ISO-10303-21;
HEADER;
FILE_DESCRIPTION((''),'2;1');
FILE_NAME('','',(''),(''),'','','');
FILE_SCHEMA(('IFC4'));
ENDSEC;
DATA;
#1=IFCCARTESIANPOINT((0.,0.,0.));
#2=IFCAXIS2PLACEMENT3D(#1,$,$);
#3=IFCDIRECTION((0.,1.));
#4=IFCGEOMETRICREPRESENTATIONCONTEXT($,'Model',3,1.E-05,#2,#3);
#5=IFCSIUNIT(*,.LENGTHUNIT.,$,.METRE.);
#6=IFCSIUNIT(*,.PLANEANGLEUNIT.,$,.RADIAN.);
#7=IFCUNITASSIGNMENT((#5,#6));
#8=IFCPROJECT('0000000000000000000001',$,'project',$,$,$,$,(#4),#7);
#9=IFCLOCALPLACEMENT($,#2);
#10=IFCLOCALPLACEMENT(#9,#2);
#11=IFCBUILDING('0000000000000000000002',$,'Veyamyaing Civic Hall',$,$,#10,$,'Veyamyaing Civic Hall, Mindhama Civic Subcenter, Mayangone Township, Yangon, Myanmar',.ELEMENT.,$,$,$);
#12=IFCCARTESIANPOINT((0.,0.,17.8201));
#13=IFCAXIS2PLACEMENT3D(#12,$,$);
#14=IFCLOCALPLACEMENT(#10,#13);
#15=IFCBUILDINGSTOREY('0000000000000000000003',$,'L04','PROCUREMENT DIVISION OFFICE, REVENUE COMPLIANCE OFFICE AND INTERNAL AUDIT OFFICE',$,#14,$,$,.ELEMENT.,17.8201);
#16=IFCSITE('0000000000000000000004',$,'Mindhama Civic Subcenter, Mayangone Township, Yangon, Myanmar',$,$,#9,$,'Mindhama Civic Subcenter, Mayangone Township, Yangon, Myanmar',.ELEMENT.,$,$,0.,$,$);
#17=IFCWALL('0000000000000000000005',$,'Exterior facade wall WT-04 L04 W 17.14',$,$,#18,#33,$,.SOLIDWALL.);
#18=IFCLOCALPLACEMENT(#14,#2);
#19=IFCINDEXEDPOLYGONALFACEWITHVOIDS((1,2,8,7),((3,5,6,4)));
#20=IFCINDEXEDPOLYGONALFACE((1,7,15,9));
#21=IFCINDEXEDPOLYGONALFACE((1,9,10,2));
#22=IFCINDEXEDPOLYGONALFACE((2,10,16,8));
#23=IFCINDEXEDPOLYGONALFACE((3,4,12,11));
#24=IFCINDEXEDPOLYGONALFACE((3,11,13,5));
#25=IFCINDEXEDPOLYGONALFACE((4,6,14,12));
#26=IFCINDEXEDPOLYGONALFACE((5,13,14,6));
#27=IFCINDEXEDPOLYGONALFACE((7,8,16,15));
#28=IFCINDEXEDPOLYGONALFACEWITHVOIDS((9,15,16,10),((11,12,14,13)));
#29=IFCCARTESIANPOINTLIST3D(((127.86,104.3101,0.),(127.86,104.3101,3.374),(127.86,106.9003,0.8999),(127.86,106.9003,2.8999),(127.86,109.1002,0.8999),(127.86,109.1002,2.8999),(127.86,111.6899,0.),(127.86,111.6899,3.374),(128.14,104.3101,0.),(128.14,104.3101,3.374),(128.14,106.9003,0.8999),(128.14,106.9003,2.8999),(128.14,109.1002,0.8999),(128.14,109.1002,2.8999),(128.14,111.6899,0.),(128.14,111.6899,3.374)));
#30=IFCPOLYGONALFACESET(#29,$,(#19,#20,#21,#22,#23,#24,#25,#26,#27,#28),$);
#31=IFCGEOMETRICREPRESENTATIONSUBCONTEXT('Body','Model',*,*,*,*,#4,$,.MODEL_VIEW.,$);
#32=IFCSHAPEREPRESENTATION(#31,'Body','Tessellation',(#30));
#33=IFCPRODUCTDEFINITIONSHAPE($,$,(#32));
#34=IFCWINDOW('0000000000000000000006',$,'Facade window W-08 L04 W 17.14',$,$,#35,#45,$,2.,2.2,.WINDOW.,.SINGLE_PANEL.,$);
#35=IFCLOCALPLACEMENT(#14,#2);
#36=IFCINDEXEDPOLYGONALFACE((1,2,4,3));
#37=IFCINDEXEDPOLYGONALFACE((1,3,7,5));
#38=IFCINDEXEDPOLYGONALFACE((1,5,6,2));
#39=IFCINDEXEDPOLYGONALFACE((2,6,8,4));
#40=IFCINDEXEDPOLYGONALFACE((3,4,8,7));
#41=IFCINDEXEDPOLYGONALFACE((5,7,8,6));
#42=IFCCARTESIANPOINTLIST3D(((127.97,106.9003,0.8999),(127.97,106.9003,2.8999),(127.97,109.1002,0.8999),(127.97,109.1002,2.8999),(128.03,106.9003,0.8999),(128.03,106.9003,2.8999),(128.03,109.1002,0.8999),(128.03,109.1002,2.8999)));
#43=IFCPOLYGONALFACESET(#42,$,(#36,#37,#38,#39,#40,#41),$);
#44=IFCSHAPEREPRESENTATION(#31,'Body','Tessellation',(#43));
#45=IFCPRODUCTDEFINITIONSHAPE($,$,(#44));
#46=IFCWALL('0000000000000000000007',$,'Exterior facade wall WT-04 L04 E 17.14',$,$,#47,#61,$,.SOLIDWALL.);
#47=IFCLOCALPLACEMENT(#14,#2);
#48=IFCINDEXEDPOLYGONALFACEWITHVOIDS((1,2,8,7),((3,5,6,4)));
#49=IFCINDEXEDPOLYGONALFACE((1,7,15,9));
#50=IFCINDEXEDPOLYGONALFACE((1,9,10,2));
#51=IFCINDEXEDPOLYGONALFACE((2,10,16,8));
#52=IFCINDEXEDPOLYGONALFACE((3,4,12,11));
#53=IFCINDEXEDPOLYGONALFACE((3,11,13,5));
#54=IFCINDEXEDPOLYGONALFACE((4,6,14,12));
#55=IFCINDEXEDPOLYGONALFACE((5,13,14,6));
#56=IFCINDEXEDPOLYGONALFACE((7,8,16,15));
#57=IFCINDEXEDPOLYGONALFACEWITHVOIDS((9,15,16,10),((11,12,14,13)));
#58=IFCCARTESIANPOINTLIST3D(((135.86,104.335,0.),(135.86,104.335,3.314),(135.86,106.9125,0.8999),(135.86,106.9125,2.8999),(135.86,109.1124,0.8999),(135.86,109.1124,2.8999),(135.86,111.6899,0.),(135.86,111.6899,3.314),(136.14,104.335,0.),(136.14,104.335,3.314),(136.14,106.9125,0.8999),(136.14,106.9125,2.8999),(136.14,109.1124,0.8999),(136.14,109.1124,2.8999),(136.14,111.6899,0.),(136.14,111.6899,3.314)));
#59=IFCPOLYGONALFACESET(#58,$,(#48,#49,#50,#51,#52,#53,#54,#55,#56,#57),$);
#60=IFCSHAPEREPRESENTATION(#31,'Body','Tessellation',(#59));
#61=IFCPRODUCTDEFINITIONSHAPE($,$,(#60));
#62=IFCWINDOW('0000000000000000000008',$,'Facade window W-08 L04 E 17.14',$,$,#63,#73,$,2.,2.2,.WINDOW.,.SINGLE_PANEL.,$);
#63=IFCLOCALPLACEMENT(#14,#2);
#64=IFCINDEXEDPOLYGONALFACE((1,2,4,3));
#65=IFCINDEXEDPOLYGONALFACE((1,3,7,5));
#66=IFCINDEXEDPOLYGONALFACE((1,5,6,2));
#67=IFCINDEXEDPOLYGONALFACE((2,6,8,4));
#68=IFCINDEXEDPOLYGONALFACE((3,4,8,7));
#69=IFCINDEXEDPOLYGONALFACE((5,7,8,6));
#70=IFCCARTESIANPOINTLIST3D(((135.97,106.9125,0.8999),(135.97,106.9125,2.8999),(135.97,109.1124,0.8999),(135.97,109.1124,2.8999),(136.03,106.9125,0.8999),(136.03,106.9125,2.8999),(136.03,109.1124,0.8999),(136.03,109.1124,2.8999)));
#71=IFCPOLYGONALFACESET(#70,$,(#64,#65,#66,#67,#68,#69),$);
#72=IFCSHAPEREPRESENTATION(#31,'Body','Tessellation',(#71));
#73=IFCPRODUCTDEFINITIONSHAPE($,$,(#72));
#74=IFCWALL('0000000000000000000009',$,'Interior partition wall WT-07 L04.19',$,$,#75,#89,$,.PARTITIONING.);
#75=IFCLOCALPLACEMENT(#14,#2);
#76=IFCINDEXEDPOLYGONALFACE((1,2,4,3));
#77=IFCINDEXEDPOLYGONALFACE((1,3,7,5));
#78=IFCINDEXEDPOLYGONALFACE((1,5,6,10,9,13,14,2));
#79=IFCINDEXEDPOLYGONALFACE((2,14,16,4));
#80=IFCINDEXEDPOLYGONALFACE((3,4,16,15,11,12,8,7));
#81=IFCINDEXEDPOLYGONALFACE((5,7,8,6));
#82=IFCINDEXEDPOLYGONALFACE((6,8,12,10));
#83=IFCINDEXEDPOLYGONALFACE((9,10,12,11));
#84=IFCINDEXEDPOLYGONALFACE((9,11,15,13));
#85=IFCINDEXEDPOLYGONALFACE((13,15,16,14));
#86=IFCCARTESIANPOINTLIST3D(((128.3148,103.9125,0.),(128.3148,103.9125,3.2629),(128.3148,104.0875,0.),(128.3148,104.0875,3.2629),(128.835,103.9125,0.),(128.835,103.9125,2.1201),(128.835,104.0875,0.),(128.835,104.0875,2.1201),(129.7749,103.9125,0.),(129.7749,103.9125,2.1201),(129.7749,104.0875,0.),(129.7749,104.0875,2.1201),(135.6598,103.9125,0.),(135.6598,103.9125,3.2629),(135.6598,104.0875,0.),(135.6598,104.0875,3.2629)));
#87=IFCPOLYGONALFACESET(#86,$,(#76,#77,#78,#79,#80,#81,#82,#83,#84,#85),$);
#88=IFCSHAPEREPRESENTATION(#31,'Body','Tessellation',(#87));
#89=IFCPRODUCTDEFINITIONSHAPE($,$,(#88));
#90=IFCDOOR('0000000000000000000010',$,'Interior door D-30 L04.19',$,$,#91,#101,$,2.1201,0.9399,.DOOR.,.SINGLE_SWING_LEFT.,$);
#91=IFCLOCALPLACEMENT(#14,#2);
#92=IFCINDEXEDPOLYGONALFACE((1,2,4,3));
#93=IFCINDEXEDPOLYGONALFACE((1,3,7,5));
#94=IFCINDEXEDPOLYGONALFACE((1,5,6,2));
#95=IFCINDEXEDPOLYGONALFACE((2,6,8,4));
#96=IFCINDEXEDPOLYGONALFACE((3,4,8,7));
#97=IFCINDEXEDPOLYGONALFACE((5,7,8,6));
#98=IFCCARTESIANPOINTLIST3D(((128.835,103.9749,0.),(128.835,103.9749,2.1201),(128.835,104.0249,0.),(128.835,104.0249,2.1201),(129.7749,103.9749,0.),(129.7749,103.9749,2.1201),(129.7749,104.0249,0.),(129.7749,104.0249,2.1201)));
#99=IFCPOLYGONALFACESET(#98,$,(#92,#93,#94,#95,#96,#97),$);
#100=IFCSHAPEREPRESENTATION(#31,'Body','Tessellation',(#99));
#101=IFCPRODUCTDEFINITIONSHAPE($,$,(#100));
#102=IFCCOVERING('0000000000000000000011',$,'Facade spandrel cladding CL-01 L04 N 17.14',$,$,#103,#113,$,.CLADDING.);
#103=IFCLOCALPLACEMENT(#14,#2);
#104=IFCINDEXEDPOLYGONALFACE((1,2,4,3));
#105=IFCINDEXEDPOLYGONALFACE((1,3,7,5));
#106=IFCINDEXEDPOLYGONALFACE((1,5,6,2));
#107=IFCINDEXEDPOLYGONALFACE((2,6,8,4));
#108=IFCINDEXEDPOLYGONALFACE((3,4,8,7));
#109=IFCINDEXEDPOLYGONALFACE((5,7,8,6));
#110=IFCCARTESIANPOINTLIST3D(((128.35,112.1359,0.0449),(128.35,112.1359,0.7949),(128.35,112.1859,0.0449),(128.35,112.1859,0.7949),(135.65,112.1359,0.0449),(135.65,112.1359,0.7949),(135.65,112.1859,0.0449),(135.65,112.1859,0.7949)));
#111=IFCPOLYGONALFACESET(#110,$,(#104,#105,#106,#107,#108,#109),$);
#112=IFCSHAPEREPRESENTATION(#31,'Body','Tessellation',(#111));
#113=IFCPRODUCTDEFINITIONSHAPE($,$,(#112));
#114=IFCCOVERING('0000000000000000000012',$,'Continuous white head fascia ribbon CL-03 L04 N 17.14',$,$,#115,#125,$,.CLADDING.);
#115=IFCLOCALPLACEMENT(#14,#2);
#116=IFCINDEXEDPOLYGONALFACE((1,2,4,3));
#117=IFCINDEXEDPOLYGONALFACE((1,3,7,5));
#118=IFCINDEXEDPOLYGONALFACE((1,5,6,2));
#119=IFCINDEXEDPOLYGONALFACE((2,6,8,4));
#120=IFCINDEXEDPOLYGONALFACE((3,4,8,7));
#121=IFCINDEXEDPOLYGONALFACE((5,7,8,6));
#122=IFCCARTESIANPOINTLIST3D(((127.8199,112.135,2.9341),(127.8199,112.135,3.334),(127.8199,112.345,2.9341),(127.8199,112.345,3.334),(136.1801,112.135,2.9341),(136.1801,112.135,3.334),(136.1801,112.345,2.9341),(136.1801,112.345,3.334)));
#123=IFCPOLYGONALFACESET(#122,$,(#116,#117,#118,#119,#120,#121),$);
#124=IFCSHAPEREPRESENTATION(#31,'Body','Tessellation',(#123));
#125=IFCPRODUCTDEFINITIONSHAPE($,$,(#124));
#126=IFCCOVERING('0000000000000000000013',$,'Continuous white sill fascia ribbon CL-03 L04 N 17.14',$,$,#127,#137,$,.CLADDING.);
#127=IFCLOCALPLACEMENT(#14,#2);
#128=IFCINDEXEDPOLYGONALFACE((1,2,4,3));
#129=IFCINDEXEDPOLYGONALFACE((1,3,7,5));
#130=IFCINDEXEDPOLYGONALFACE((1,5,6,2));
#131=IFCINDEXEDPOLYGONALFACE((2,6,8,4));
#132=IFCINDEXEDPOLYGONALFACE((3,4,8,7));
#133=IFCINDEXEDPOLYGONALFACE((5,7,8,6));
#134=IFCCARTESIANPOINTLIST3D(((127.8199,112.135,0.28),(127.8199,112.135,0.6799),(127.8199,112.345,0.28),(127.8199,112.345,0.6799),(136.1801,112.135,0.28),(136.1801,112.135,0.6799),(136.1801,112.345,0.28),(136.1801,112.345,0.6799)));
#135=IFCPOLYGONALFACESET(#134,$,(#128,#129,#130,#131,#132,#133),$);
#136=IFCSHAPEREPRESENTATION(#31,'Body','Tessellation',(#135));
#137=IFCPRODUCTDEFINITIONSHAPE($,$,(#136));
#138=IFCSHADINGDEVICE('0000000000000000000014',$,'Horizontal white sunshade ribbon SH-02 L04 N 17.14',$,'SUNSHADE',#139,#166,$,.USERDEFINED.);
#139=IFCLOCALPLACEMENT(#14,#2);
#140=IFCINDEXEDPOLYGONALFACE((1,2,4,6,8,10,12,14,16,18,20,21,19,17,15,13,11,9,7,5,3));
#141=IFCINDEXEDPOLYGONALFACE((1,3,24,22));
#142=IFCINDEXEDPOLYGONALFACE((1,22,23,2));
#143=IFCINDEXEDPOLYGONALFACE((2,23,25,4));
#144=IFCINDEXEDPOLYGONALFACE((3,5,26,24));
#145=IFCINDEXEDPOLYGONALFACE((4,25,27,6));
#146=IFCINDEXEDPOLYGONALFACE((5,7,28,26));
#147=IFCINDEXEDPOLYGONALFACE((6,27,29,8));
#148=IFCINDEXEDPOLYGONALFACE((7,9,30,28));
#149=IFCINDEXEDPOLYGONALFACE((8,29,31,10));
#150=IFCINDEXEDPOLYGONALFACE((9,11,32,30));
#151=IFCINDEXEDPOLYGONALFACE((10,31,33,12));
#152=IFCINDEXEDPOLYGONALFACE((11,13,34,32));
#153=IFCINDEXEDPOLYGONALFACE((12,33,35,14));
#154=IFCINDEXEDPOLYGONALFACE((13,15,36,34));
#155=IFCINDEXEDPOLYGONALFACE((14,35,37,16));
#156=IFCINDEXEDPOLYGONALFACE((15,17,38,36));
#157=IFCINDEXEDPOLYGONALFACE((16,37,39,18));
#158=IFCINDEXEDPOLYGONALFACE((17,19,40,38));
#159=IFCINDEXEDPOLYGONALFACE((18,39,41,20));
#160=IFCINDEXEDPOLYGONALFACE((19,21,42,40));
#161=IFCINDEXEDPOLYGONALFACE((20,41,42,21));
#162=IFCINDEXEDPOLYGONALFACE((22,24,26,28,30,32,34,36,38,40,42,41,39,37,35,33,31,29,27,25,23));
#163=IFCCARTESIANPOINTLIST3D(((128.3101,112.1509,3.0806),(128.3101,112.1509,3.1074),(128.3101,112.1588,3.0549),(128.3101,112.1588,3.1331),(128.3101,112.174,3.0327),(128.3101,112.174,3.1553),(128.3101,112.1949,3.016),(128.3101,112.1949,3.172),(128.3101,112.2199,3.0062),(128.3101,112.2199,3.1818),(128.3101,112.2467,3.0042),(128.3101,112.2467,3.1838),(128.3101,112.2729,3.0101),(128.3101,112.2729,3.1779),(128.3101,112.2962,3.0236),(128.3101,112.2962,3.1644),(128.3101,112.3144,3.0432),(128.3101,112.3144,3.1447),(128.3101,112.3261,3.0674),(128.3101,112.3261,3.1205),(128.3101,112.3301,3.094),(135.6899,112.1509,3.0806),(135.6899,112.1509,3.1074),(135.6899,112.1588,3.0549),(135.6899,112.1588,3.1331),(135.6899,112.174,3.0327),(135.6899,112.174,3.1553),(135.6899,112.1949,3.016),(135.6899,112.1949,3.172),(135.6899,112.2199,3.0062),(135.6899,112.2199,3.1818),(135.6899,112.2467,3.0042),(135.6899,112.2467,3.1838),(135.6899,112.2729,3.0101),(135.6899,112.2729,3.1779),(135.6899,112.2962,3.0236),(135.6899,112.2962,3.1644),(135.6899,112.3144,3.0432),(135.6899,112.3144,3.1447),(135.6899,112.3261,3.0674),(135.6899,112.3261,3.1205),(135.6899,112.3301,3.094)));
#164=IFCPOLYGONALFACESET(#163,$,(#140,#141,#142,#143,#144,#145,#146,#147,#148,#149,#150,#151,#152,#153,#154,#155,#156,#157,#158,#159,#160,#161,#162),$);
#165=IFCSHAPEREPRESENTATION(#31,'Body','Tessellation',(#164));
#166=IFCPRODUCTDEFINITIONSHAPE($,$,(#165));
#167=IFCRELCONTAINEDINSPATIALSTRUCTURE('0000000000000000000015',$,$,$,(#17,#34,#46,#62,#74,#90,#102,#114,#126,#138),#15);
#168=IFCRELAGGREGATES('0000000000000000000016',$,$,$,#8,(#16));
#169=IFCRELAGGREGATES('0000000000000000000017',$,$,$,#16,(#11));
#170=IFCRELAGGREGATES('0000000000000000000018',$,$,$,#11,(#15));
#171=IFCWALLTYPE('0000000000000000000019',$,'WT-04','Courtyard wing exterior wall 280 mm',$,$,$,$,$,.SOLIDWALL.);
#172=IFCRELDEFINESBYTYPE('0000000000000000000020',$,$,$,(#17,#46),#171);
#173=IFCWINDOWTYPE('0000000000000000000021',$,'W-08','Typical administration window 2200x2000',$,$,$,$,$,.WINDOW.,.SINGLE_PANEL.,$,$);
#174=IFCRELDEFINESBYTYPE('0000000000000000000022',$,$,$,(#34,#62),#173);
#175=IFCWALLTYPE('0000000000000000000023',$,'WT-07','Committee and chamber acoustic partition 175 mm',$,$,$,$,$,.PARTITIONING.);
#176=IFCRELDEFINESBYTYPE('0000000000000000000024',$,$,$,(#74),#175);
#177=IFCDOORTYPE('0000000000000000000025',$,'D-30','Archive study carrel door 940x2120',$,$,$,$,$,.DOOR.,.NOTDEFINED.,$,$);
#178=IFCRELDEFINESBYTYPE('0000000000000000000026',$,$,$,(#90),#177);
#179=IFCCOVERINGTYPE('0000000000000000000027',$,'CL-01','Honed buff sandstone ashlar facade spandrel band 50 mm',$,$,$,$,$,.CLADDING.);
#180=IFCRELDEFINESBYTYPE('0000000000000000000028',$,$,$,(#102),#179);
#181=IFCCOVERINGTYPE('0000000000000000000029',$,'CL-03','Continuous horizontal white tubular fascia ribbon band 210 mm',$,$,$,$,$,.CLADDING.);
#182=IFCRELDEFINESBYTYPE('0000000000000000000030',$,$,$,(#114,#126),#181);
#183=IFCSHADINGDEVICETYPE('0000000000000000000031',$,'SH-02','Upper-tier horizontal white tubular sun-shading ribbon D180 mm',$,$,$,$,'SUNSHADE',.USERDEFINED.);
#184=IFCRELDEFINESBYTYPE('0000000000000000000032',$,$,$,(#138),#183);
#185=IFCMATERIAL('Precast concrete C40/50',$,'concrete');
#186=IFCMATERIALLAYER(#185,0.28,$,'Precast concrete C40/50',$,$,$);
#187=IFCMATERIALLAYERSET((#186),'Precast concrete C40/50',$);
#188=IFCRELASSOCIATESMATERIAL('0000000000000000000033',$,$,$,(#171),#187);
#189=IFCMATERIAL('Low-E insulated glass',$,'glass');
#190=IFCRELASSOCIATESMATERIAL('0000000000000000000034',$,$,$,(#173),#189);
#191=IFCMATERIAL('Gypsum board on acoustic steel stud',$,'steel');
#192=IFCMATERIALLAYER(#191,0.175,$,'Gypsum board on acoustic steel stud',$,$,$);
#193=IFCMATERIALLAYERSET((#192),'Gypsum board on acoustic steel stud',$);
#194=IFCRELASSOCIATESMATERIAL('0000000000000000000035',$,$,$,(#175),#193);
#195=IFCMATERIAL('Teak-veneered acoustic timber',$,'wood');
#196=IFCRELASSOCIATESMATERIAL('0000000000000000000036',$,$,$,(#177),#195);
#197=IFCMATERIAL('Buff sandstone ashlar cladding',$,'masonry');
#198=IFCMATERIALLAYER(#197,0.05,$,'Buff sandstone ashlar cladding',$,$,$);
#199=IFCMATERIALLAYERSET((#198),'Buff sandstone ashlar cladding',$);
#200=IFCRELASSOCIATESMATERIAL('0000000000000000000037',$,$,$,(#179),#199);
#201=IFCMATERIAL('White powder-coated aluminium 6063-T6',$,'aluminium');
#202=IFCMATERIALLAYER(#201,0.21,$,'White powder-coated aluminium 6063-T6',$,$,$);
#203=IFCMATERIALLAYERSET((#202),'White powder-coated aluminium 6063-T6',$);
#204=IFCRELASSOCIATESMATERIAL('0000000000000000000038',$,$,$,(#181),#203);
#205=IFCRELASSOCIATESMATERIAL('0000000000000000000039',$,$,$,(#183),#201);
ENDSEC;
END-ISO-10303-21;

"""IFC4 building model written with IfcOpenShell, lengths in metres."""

from ifc_helpers import new_model, si_unit, direction, frame, frame_2d, origin, origin_2d, place, context, subcontext, project, spatial, rectangle, circle, extrude, material, layer, layer_set, material_profile, profile_set, type_object, element, fill, save


model = new_model("IFC4")

# Units and contexts
model_context = context("Model", 3, precision=1e-05, world=origin(), true_north=direction((0.0, 1.0)))
body_context = subcontext(model_context, "Body", "Model", "MODEL_VIEW")
ifc_project = project(units=[si_unit("LENGTHUNIT", "METRE"), si_unit("PLANEANGLEUNIT", "RADIAN")], contexts=[model_context])

# Site, building, storey
site_placement = place(None, origin())
site = spatial("IfcSite", under=ifc_project, at=site_placement, Name="Mindhama Civic Subcenter, Mayangone Township, Yangon, Myanmar", LongName="Mindhama Civic Subcenter, Mayangone Township, Yangon, Myanmar", CompositionType="ELEMENT", RefElevation=0.0)
building_placement = place(site_placement, origin())
building = spatial("IfcBuilding", under=site, at=building_placement, Name="Veyamyaing Civic Hall", LongName="Veyamyaing Civic Hall, Mindhama Civic Subcenter, Mayangone Township, Yangon, Myanmar", CompositionType="ELEMENT")
storey_placement = place(building_placement, frame((0.0, 0.0, 17.8201)))
storey = spatial("IfcBuildingStorey", under=building, at=storey_placement, Name="L04", Description="PROCUREMENT DIVISION OFFICE, REVENUE COMPLIANCE OFFICE AND INTERNAL AUDIT OFFICE", CompositionType="ELEMENT", Elevation=17.8201)

# Shared definitions
ifc_material_1 = material(Name="Low-E insulated glass", Category="glass")

# Walls, openings, windows
ifc_material_2 = material(Name="Precast concrete C40/50", Category="concrete")
ifc_layer_1 = layer(ifc_material_2, 0.28, Name="Precast concrete C40/50")
ifc_layer_set_1 = layer_set([ifc_layer_1], Name="Precast concrete C40/50")
wall_type_1 = type_object("IfcWallType", Name="WT-04", Description="Courtyard wing exterior wall 280 mm", PredefinedType="SOLIDWALL", material=ifc_layer_set_1)
window_type = type_object("IfcWindowType", Name="W-08", Description="Typical administration window 2200x2000", PartitioningType="SINGLE_PANEL", PredefinedType="WINDOW", material=ifc_material_1)
wall_1_placement = place(storey_placement, frame((128.0, 104.3101, 0.0), z_axis=(0.0, 0.0, 1.0), x_axis=(0.0, 1.0, 0.0)))
wall_1 = element("IfcWall", 1, at=wall_1_placement, inside=storey, type_object=wall_type_1, Name="Exterior facade wall WT-04 L04 W 17.14", PredefinedType="SOLIDWALL", context=body_context, shape_type="SweptSolid", body=[
    extrude(rectangle(XDim=7.3799, YDim=0.28, at=frame_2d((3.6899, 0.0))), origin(), (0.0, 0.0, 1.0), 3.374),
])
opening_1_placement = place(wall_1_placement, frame((2.5901, 0.0, 0.8999)))
opening_1 = element("IfcOpeningElement", 2, at=opening_1_placement, cuts=wall_1, PredefinedType="OPENING", context=body_context, shape_type="SweptSolid", body=[
    extrude(rectangle(XDim=2.2, YDim=2.0, at=frame_2d((1.1001, 1.0))), frame((0.0, 0.1499, 0.0), z_axis=(0.0, -1.0, 0.0), x_axis=(1.0, 0.0, 0.0)), (0.0, 0.0, 1.0), 0.3),
])
window_1_placement = place(opening_1_placement, origin())
window_1 = element("IfcWindow", 3, at=window_1_placement, inside=storey, type_object=window_type, Name="Facade window W-08 L04 W 17.14", OverallHeight=2.0, OverallWidth=2.2, PartitioningType="SINGLE_PANEL", PredefinedType="WINDOW", context=body_context, shape_type="SweptSolid", body=[
    extrude(rectangle(XDim=2.2, YDim=2.0, at=frame_2d((1.1001, 1.0))), frame((0.0, 0.03, 0.0), z_axis=(0.0, -1.0, 0.0), x_axis=(1.0, 0.0, 0.0)), (0.0, 0.0, 1.0), 0.0601),
])
fill(opening_1, window_1)
wall_2_placement = place(storey_placement, frame((136.0, 104.335, 0.0), z_axis=(0.0, 0.0, 1.0), x_axis=(0.0, 1.0, 0.0)))
wall_2 = element("IfcWall", 4, at=wall_2_placement, inside=storey, type_object=wall_type_1, Name="Exterior facade wall WT-04 L04 E 17.14", PredefinedType="SOLIDWALL", context=body_context, shape_type="SweptSolid", body=[
    extrude(rectangle(XDim=7.355, YDim=0.28, at=frame_2d((3.6775, 0.0))), origin(), (0.0, 0.0, 1.0), 3.314),
])
opening_2_placement = place(wall_2_placement, frame((2.5774, 0.0, 0.8999)))
opening_2 = element("IfcOpeningElement", 5, at=opening_2_placement, cuts=wall_2, PredefinedType="OPENING", context=body_context, shape_type="SweptSolid", body=[
    extrude(rectangle(XDim=2.2, YDim=2.0, at=frame_2d((1.1001, 1.0))), frame((0.0, 0.1499, 0.0), z_axis=(0.0, -1.0, 0.0), x_axis=(1.0, 0.0, 0.0)), (0.0, 0.0, 1.0), 0.3),
])
window_2_placement = place(opening_2_placement, origin())
window_2 = element("IfcWindow", 6, at=window_2_placement, inside=storey, type_object=window_type, Name="Facade window W-08 L04 E 17.14", OverallHeight=2.0, OverallWidth=2.2, PartitioningType="SINGLE_PANEL", PredefinedType="WINDOW", context=body_context, shape_type="SweptSolid", body=[
    extrude(rectangle(XDim=2.2, YDim=2.0, at=frame_2d((1.1001, 1.0))), frame((0.0, 0.03, 0.0), z_axis=(0.0, -1.0, 0.0), x_axis=(1.0, 0.0, 0.0)), (0.0, 0.0, 1.0), 0.0601),
])
fill(opening_2, window_2)

# Wall, opening, door
ifc_material_3 = material(Name="Gypsum board on acoustic steel stud", Category="steel")
ifc_layer_2 = layer(ifc_material_3, 0.175, Name="Gypsum board on acoustic steel stud")
ifc_layer_set_2 = layer_set([ifc_layer_2], Name="Gypsum board on acoustic steel stud")
wall_type_2 = type_object("IfcWallType", Name="WT-07", Description="Committee and chamber acoustic partition 175 mm", PredefinedType="PARTITIONING", material=ifc_layer_set_2)
wall_3_placement = place(storey_placement, frame((128.3149, 104.0, 0.0), z_axis=(0.0, 0.0, 1.0), x_axis=(1.0, 0.0, 0.0)))
wall_3 = element("IfcWall", 7, at=wall_3_placement, inside=storey, type_object=wall_type_2, Name="Interior partition wall WT-07 L04.19", PredefinedType="PARTITIONING", context=body_context, shape_type="SweptSolid", body=[
    extrude(rectangle(XDim=7.345, YDim=0.175, at=frame_2d((3.6724, 0.0))), origin(), (0.0, 0.0, 1.0), 3.2629),
])
opening_3_placement = place(wall_3_placement, frame((0.52, 0.0, 0.0)))
opening_3 = element("IfcOpeningElement", 8, at=opening_3_placement, cuts=wall_3, PredefinedType="OPENING", context=body_context, shape_type="SweptSolid", body=[
    extrude(rectangle(XDim=0.9399, YDim=2.1201, at=frame_2d((0.47, 1.0601))), frame((0.0, 0.0974, 0.0), z_axis=(0.0, -1.0, 0.0), x_axis=(1.0, 0.0, 0.0)), (0.0, 0.0, 1.0), 0.1951),
])
ifc_material_4 = material(Name="Teak-veneered acoustic timber", Category="wood")
door_type = type_object("IfcDoorType", Name="D-30", Description="Archive study carrel door 940x2120", OperationType="NOTDEFINED", PredefinedType="DOOR", material=ifc_material_4)
door_placement = place(opening_3_placement, origin())
door = element("IfcDoor", 9, at=door_placement, inside=storey, type_object=door_type, Name="Interior door D-30 L04.19", OperationType="SINGLE_SWING_LEFT", OverallHeight=2.1201, OverallWidth=0.9399, PredefinedType="DOOR", context=body_context, shape_type="SweptSolid", body=[
    extrude(rectangle(XDim=0.9399, YDim=2.1201, at=frame_2d((0.47, 1.0601))), frame((0.0, 0.0249, 0.0), z_axis=(0.0, -1.0, 0.0), x_axis=(1.0, 0.0, 0.0)), (0.0, 0.0, 1.0), 0.05),
])
fill(opening_3, door)

# Coverings
ifc_material_5 = material(Name="Buff sandstone ashlar cladding", Category="masonry")
ifc_layer_3 = layer(ifc_material_5, 0.05, Name="Buff sandstone ashlar cladding")
ifc_layer_set_3 = layer_set([ifc_layer_3], Name="Buff sandstone ashlar cladding")
covering_type_1 = type_object("IfcCoveringType", Name="CL-01", Description="Honed buff sandstone ashlar facade spandrel band 50 mm", PredefinedType="CLADDING", material=ifc_layer_set_3)
covering_placement = place(storey_placement, frame((132.0, 112.1609, 0.0449), z_axis=(0.0, 0.0, 1.0), x_axis=(1.0, 0.0, 0.0)))
element("IfcCovering", 10, at=covering_placement, inside=storey, type_object=covering_type_1, Name="Facade spandrel cladding CL-01 L04 N 17.14", PredefinedType="CLADDING", context=body_context, shape_type="SweptSolid", body=[
    extrude(rectangle(XDim=7.3, YDim=0.05, at=origin_2d()), origin(), (0.0, 0.0, 1.0), 0.75),
])
ifc_material_6 = material(Name="White powder-coated aluminium 6063-T6", Category="aluminium")
ifc_layer_4 = layer(ifc_material_6, 0.21, Name="White powder-coated aluminium 6063-T6")
ifc_layer_set_4 = layer_set([ifc_layer_4], Name="White powder-coated aluminium 6063-T6")
covering_type_2 = type_object("IfcCoveringType", Name="CL-03", Description="Continuous horizontal white tubular fascia ribbon band 210 mm", PredefinedType="CLADDING", material=ifc_layer_set_4)
for number, where, z_axis, x_axis, name in (
    (11, (132.0, 112.24, 2.9341), (0.0, 0.0, 1.0), (1.0, 0.0, 0.0), "Continuous white head fascia ribbon CL-03 L04 N 17.14"),
    (12, (132.0, 112.24, 0.28), (0.0, 0.0, 1.0), (1.0, 0.0, 0.0), "Continuous white sill fascia ribbon CL-03 L04 N 17.14"),
):
    element("IfcCovering", number, at=place(storey_placement, frame(where, z_axis=z_axis, x_axis=x_axis)), inside=storey, type_object=covering_type_2, Name=name, PredefinedType="CLADDING", context=body_context, shape_type="SweptSolid", body=[
        extrude(rectangle(XDim=8.3601, YDim=0.21, at=origin_2d()), origin(), (0.0, 0.0, 1.0), 0.3999),
    ])

# Shading device
ifc_material_profile_1 = material_profile(ifc_material_6, circle(Radius=0.0901, at=origin_2d()), Name="SHADE-TUBE-180")
ifc_profile_set_1 = profile_set([ifc_material_profile_1], Name="White powder-coated aluminium 6063-T6")
shading_device_type = type_object("IfcShadingDeviceType", Name="SH-02", Description="Upper-tier horizontal white tubular sun-shading ribbon D180 mm", ElementType="SUNSHADE", PredefinedType="USERDEFINED", material=ifc_profile_set_1)
shading_device_placement = place(storey_placement, frame((128.3101, 112.24, 3.094), z_axis=(1.0, 0.0, 0.0), x_axis=(0.0, 1.0, 0.0)))
element("IfcShadingDevice", 13, at=shading_device_placement, inside=storey, type_object=shading_device_type, Name="Horizontal white sunshade ribbon SH-02 L04 N 17.14", ObjectType="SUNSHADE", PredefinedType="USERDEFINED", context=body_context, shape_type="SweptSolid", body=[
    extrude(circle(Radius=0.0901, at=origin_2d()), origin(), (0.0, 0.0, 1.0), 7.3799),
])

save(model, "model.ifc")
